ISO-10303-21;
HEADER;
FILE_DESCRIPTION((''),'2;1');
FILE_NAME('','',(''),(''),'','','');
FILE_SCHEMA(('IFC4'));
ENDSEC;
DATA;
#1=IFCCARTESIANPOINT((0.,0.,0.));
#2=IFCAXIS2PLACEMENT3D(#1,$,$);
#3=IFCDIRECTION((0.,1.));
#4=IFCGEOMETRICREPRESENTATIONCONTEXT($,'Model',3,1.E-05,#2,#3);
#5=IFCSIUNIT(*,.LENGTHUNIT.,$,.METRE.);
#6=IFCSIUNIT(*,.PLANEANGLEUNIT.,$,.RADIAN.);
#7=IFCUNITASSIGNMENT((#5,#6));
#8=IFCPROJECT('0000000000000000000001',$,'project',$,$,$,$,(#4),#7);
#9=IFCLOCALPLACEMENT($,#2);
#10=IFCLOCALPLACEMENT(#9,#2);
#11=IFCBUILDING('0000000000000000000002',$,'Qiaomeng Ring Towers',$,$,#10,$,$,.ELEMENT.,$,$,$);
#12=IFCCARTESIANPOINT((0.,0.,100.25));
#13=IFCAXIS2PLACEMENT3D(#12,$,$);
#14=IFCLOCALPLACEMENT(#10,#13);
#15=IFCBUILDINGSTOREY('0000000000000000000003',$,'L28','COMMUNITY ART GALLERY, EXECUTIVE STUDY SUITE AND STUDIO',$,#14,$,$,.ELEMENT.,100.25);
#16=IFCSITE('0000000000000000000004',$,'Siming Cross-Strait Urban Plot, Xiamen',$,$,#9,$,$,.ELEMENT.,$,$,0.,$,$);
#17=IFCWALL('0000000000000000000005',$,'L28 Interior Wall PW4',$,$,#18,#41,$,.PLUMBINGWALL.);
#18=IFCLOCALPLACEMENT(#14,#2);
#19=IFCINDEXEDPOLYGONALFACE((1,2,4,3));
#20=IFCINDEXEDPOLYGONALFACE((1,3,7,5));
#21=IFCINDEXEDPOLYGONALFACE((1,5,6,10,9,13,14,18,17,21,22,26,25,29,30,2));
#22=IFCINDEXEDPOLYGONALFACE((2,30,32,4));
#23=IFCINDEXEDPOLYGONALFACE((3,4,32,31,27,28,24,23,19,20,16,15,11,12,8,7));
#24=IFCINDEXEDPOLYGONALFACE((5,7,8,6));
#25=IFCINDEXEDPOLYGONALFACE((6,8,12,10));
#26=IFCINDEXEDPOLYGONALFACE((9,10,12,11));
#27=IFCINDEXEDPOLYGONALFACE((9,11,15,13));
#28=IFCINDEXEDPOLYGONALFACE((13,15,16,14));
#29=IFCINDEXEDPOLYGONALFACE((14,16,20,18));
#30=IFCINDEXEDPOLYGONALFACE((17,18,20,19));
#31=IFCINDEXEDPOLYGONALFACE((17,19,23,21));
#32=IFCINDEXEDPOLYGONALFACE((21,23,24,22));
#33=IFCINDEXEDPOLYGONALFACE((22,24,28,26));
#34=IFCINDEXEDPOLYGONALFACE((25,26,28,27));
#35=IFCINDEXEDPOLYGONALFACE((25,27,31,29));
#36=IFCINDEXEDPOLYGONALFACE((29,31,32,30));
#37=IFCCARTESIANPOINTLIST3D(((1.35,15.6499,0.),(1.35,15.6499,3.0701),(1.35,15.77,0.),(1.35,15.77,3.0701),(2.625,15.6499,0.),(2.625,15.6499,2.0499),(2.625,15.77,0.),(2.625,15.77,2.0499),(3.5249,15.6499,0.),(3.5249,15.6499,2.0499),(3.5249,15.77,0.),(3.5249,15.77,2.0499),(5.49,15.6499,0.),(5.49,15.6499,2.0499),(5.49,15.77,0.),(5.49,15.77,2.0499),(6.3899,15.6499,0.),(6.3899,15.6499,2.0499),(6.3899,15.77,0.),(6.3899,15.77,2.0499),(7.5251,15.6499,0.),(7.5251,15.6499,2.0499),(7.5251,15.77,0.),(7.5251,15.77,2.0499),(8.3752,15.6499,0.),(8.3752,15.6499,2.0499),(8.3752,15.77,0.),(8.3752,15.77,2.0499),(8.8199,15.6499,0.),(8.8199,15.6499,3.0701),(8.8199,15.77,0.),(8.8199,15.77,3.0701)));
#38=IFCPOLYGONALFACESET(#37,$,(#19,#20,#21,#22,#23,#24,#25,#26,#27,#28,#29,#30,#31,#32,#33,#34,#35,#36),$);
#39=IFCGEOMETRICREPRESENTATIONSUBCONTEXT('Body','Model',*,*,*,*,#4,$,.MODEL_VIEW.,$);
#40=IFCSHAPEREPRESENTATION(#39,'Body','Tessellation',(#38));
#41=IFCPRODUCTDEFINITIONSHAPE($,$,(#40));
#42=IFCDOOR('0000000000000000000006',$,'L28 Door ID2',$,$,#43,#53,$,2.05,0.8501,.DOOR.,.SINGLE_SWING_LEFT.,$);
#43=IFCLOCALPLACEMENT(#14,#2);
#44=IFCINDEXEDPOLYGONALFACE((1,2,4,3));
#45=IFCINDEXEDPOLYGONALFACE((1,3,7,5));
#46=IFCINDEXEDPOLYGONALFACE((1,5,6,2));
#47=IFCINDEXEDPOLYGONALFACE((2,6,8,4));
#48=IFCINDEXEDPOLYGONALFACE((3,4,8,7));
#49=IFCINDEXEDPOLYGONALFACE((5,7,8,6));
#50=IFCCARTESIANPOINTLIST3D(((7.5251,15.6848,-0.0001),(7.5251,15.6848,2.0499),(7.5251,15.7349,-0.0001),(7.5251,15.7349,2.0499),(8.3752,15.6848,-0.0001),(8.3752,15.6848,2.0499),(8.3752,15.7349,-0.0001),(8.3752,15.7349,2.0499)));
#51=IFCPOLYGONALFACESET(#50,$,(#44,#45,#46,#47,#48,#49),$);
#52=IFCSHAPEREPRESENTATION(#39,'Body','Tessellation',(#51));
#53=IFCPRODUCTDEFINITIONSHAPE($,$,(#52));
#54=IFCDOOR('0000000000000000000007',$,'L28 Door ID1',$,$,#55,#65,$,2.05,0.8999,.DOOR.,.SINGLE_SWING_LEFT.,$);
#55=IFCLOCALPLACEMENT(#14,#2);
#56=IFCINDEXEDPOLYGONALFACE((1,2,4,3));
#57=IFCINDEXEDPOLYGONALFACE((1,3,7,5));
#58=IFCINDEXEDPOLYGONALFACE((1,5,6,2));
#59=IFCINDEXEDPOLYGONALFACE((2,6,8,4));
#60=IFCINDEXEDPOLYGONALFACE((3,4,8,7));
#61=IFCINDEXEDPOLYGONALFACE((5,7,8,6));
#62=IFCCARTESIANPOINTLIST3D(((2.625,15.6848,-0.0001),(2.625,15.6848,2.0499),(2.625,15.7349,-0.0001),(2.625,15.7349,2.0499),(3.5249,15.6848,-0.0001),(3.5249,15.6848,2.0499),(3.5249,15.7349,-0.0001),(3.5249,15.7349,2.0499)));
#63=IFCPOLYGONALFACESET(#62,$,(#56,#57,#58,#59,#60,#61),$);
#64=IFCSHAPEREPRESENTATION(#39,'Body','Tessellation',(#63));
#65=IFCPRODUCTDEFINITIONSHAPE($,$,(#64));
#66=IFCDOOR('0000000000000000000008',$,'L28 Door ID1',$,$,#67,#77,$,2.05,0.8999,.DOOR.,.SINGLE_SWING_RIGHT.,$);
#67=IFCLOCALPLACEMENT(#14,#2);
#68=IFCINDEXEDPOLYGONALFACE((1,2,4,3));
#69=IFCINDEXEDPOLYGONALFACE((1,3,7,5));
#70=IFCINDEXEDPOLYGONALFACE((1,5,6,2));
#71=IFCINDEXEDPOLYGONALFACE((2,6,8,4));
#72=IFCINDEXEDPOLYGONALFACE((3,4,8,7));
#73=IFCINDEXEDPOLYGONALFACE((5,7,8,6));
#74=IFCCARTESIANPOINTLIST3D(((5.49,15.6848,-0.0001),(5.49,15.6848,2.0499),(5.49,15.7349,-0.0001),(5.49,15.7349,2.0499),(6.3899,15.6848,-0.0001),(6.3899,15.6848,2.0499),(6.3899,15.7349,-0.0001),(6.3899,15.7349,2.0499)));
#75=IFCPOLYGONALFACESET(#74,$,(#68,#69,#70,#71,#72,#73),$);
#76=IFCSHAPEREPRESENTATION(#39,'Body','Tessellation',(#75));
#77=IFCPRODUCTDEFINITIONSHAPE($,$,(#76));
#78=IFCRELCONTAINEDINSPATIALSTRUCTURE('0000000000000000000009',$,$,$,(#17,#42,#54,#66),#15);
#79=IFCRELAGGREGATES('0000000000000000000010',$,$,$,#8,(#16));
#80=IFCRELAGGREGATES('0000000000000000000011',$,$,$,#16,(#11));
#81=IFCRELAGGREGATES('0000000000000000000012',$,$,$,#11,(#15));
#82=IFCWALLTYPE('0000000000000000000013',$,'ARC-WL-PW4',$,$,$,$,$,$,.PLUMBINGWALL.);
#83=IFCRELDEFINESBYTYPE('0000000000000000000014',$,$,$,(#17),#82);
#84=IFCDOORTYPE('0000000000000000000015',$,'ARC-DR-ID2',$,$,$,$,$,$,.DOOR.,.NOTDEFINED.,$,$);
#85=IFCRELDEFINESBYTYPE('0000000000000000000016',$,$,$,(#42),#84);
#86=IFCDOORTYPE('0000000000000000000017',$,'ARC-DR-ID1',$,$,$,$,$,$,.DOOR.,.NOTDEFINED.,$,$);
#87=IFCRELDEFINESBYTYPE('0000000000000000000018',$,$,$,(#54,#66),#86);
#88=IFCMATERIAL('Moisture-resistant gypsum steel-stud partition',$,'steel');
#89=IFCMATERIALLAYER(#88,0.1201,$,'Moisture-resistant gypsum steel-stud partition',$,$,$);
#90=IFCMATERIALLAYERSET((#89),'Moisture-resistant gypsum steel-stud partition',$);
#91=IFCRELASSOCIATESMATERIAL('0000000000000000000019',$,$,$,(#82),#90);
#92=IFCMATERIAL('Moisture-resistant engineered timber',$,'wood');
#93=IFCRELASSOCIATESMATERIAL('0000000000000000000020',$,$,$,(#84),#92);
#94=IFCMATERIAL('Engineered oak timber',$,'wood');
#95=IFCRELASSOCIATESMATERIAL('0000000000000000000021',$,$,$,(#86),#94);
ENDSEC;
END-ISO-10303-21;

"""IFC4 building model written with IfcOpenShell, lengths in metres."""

from ifc_helpers import new_model, si_unit, direction, frame, frame_2d, origin, place, context, subcontext, project, spatial, rectangle, extrude, source, transform, mapped, material, layer, layer_set, type_object, element, fill, save


model = new_model("IFC4")

# Units and contexts
model_context = context("Model", 3, precision=1e-05, world=origin(), true_north=direction((0.0, 1.0)))
body_context = subcontext(model_context, "Body", "Model", "MODEL_VIEW")
ifc_project = project(units=[si_unit("LENGTHUNIT", "METRE"), si_unit("PLANEANGLEUNIT", "RADIAN")], contexts=[model_context])

# Site, building, storey
site_placement = place(None, origin())
site = spatial("IfcSite", under=ifc_project, at=site_placement, Name="Siming Cross-Strait Urban Plot, Xiamen", CompositionType="ELEMENT", RefElevation=0.0)
building_placement = place(site_placement, origin())
building = spatial("IfcBuilding", under=site, at=building_placement, Name="Qiaomeng Ring Towers", CompositionType="ELEMENT")
storey_placement = place(building_placement, frame((0.0, 0.0, 100.25)))
storey = spatial("IfcBuildingStorey", under=building, at=storey_placement, Name="L28", Description="COMMUNITY ART GALLERY, EXECUTIVE STUDY SUITE AND STUDIO", CompositionType="ELEMENT", Elevation=100.25)

# Wall, openings, doors
ifc_material_1 = material(Name="Moisture-resistant gypsum steel-stud partition", Category="steel")
ifc_layer_1 = layer(ifc_material_1, 0.1201, Name="Moisture-resistant gypsum steel-stud partition")
ifc_layer_set_1 = layer_set([ifc_layer_1], Name="Moisture-resistant gypsum steel-stud partition")
wall_type_1 = type_object("IfcWallType", Name="ARC-WL-PW4", PredefinedType="PLUMBINGWALL", material=ifc_layer_set_1)
wall_1_placement = place(storey_placement, frame((1.3501, 15.71, 0.0), z_axis=(0.0, 0.0, 1.0), x_axis=(1.0, 0.0, 0.0)))
wall_1 = element("IfcWall", 1, at=wall_1_placement, inside=storey, type_object=wall_type_1, Name="L28 Interior Wall PW4", PredefinedType="PLUMBINGWALL", context=body_context, shape_type="SweptSolid", body=[
    extrude(rectangle(XDim=7.47, YDim=0.1201, at=frame_2d((3.7349, 0.0))), origin(), (0.0, 0.0, 1.0), 3.0701),
])
opening_1_placement = place(wall_1_placement, frame((1.2749, 0.0, 0.0)))
opening_1 = element("IfcOpeningElement", 2, at=opening_1_placement, cuts=wall_1, PredefinedType="OPENING", context=body_context, shape_type="SweptSolid", body=[
    extrude(rectangle(XDim=0.8999, YDim=2.05, at=frame_2d((0.45, 1.0249))), frame((0.0, 0.0701, 0.0), z_axis=(0.0, -1.0, 0.0), x_axis=(1.0, 0.0, 0.0)), (0.0, 0.0, 1.0), 0.1401),
])
opening_2_placement = place(wall_1_placement, frame((4.1399, 0.0, 0.0)))
opening_2 = element("IfcOpeningElement", 3, at=opening_2_placement, cuts=wall_1, PredefinedType="OPENING", context=body_context, shape_type="SweptSolid", body=[
    extrude(rectangle(XDim=0.8999, YDim=2.05, at=frame_2d((0.45, 1.0249))), frame((0.0, 0.0701, 0.0), z_axis=(0.0, -1.0, 0.0), x_axis=(1.0, 0.0, 0.0)), (0.0, 0.0, 1.0), 0.1401),
])
opening_3_placement = place(wall_1_placement, frame((6.175, 0.0, 0.0)))
opening_3 = element("IfcOpeningElement", 4, at=opening_3_placement, cuts=wall_1, PredefinedType="OPENING", context=body_context, shape_type="SweptSolid", body=[
    extrude(rectangle(XDim=0.8501, YDim=2.05, at=frame_2d((0.425, 1.0249))), frame((0.0, 0.0701, 0.0), z_axis=(0.0, -1.0, 0.0), x_axis=(1.0, 0.0, 0.0)), (0.0, 0.0, 1.0), 0.1401),
])
ifc_material_2 = material(Name="Moisture-resistant engineered timber", Category="wood")
door_type_1 = type_object("IfcDoorType", Name="ARC-DR-ID2", OperationType="NOTDEFINED", PredefinedType="DOOR", material=ifc_material_2)
shared_shape_1 = source(origin(), body_context, "Body", "SweptSolid", [
    extrude(rectangle(XDim=0.8501, YDim=2.05, at=frame_2d((0.425, 1.0249))), frame((0.0, 0.0249, 0.0), z_axis=(0.0, -1.0, 0.0), x_axis=(1.0, 0.0, 0.0)), (0.0, 0.0, 1.0), 0.05),
])
door_1_placement = place(opening_3_placement, origin())
door_1 = element("IfcDoor", 5, at=door_1_placement, inside=storey, type_object=door_type_1, Name="L28 Door ID2", OperationType="SINGLE_SWING_LEFT", OverallHeight=2.05, OverallWidth=0.8501, PredefinedType="DOOR", context=body_context, shape_type="MappedRepresentation", body=[
    mapped(shared_shape_1, transform((0.0, 0.0, 0.0), x_axis=(1.0, 0.0, 0.0), y_axis=(0.0, 1.0, 0.0), z_axis=(0.0, 0.0, 1.0), scale=1.0)),
])
fill(opening_3, door_1)
ifc_material_3 = material(Name="Engineered oak timber", Category="wood")
door_type_2 = type_object("IfcDoorType", Name="ARC-DR-ID1", OperationType="NOTDEFINED", PredefinedType="DOOR", material=ifc_material_3)
shared_shape_2 = source(origin(), body_context, "Body", "SweptSolid", [
    extrude(rectangle(XDim=0.8999, YDim=2.05, at=frame_2d((0.45, 1.0249))), frame((0.0, 0.0249, 0.0), z_axis=(0.0, -1.0, 0.0), x_axis=(1.0, 0.0, 0.0)), (0.0, 0.0, 1.0), 0.05),
])
door_2_placement = place(opening_1_placement, origin())
door_2 = element("IfcDoor", 6, at=door_2_placement, inside=storey, type_object=door_type_2, Name="L28 Door ID1", OperationType="SINGLE_SWING_LEFT", OverallHeight=2.05, OverallWidth=0.8999, PredefinedType="DOOR", context=body_context, shape_type="MappedRepresentation", body=[
    mapped(shared_shape_2, transform((0.0, 0.0, 0.0), x_axis=(1.0, 0.0, 0.0), y_axis=(0.0, 1.0, 0.0), z_axis=(0.0, 0.0, 1.0), scale=1.0)),
])
fill(opening_1, door_2)
door_3_placement = place(opening_2_placement, origin())
door_3 = element("IfcDoor", 7, at=door_3_placement, inside=storey, type_object=door_type_2, Name="L28 Door ID1", OperationType="SINGLE_SWING_RIGHT", OverallHeight=2.05, OverallWidth=0.8999, PredefinedType="DOOR", context=body_context, shape_type="MappedRepresentation", body=[
    mapped(shared_shape_2, transform((0.0, 0.0, 0.0), x_axis=(1.0, 0.0, 0.0), y_axis=(0.0, 1.0, 0.0), z_axis=(0.0, 0.0, 1.0), scale=1.0)),
])
fill(opening_2, door_3)

save(model, "model.ifc")
